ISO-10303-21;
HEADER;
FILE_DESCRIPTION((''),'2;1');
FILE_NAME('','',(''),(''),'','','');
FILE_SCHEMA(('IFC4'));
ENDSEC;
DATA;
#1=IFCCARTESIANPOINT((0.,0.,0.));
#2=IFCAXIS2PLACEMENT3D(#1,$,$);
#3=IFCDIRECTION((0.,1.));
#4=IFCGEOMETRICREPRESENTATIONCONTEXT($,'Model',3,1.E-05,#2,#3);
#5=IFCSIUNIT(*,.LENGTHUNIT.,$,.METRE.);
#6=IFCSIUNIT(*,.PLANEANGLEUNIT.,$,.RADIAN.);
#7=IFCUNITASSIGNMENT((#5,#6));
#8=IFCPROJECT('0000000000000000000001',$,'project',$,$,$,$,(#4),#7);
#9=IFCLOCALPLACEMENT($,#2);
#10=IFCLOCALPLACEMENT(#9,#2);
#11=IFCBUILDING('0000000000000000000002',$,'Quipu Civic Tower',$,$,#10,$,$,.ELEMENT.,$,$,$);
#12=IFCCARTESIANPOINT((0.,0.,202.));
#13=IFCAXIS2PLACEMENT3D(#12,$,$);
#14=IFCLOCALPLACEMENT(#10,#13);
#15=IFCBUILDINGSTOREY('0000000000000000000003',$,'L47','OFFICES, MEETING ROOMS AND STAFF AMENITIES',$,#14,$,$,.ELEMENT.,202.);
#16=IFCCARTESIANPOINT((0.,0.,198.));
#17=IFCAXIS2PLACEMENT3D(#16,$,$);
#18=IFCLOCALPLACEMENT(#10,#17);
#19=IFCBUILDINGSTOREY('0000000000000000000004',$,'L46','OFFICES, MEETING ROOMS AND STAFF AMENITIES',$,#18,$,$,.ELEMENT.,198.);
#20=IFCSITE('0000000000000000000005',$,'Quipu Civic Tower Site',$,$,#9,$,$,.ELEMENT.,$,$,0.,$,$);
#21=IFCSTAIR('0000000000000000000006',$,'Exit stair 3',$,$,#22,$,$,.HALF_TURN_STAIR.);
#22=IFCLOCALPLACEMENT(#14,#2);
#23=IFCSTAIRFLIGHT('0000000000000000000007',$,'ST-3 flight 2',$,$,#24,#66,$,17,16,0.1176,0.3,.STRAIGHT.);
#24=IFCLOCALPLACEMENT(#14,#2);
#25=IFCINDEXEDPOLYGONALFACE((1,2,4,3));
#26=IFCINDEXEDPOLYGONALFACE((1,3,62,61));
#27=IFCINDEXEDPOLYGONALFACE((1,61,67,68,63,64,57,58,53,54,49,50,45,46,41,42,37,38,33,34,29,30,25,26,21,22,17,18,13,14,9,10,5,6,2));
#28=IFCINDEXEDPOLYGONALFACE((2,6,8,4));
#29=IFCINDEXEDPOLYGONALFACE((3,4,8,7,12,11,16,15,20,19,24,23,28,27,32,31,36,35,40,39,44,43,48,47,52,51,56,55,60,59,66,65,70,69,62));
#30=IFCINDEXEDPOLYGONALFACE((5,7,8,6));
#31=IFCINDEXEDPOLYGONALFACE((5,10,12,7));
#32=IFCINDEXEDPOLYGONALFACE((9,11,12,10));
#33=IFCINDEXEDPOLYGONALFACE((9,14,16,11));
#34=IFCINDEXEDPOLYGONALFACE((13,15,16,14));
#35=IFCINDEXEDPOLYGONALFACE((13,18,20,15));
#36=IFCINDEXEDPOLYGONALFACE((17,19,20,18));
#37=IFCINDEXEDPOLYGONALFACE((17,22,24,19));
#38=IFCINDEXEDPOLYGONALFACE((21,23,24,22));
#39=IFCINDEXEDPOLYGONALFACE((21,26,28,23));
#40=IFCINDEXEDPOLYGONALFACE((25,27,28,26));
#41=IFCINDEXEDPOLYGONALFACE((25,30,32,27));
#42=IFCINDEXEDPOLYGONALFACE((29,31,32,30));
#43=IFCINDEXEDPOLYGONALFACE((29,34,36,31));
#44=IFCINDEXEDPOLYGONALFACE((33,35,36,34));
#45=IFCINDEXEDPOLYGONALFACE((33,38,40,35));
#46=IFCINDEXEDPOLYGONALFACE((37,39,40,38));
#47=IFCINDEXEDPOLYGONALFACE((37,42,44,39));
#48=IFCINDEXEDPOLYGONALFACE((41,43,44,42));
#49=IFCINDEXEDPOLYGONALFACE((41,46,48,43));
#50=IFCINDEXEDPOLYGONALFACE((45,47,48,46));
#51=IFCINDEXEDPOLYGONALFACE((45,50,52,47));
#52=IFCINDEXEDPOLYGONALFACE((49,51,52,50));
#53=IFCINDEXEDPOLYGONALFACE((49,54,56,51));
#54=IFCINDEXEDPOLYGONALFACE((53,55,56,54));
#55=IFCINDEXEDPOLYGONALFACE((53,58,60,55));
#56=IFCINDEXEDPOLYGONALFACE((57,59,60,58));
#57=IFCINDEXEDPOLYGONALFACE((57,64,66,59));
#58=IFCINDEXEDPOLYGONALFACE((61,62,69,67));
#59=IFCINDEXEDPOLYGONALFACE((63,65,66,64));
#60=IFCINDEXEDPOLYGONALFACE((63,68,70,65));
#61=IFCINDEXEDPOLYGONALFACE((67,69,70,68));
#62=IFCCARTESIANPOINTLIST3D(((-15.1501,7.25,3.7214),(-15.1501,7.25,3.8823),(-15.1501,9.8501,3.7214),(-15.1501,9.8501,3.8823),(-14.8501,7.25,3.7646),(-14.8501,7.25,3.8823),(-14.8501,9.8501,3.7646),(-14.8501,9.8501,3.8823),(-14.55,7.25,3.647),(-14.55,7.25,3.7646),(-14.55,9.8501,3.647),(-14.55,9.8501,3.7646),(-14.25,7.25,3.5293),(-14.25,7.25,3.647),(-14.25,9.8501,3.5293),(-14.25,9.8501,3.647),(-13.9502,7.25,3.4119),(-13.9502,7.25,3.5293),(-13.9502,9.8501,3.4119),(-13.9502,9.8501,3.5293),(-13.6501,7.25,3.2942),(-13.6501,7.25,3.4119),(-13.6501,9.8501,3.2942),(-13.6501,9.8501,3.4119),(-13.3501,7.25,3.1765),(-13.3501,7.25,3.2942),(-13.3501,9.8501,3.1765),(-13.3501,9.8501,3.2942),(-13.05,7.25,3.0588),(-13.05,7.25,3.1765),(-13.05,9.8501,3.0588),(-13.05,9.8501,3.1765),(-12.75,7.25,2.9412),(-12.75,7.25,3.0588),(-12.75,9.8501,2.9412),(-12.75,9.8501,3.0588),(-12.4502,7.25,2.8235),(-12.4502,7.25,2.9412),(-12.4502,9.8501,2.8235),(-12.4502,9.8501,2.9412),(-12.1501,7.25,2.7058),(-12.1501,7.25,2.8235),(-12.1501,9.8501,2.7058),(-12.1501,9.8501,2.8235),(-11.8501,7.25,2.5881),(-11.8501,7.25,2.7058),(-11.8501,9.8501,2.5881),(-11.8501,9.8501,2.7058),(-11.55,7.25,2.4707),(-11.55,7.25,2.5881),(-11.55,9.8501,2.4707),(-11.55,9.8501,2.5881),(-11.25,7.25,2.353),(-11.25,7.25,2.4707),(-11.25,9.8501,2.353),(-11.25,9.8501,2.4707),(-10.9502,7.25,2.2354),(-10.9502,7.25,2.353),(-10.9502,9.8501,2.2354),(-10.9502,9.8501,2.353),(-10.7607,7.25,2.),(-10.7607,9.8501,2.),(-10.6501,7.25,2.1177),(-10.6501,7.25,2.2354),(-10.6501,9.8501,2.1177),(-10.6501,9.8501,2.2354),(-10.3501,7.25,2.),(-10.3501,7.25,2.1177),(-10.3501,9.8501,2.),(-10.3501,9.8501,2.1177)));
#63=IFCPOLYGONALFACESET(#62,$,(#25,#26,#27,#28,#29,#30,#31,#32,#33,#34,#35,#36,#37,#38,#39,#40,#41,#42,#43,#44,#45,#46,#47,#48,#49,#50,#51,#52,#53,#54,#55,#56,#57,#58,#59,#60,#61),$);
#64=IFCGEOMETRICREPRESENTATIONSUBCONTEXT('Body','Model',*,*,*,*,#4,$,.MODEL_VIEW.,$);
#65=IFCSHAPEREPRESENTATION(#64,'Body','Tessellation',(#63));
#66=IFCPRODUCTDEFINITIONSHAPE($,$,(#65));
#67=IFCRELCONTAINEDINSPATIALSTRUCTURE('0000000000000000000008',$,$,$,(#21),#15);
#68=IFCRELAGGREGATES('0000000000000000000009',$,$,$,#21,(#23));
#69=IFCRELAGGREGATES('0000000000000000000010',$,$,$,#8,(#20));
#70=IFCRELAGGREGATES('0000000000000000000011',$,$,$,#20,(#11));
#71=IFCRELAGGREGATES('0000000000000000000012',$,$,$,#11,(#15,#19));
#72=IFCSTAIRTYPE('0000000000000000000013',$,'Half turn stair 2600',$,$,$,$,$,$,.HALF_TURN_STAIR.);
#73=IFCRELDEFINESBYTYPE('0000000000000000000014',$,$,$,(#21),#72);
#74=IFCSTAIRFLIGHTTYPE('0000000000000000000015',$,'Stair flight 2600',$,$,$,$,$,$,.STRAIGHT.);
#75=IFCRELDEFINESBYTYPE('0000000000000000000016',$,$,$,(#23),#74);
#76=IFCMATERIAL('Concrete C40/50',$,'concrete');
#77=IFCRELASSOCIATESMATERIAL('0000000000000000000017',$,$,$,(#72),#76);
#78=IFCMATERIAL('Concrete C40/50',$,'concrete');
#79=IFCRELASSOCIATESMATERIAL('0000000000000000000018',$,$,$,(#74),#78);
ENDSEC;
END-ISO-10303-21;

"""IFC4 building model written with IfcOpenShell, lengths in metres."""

from ifc_helpers import new_model, si_unit, direction, frame, origin, place, context, subcontext, project, spatial, polyline, outline, extrude, material, type_object, element, aggregate, save


model = new_model("IFC4")

# Units and contexts
model_context = context("Model", 3, precision=1e-05, world=origin(), true_north=direction((0.0, 1.0)))
body_context = subcontext(model_context, "Body", "Model", "MODEL_VIEW")
ifc_project = project(units=[si_unit("LENGTHUNIT", "METRE"), si_unit("PLANEANGLEUNIT", "RADIAN")], contexts=[model_context])

# Site, building, storey
site_placement = place(None, origin())
site = spatial("IfcSite", under=ifc_project, at=site_placement, Name="Quipu Civic Tower Site", CompositionType="ELEMENT", RefElevation=0.0)
building_placement = place(site_placement, origin())
building = spatial("IfcBuilding", under=site, at=building_placement, Name="Quipu Civic Tower", CompositionType="ELEMENT")
storey_1_placement = place(building_placement, frame((0.0, 0.0, 202.0)))
storey_1 = spatial("IfcBuildingStorey", under=building, at=storey_1_placement, Name="L47", Description="OFFICES, MEETING ROOMS AND STAFF AMENITIES", CompositionType="ELEMENT", Elevation=202.0)

# Shared definitions
storey_2_placement = place(building_placement, frame((0.0, 0.0, 198.0)))
storey_2 = spatial("IfcBuildingStorey", under=building, at=storey_2_placement, Name="L46", Description="OFFICES, MEETING ROOMS AND STAFF AMENITIES", CompositionType="ELEMENT", Elevation=198.0)

# Stair, stair flight
ifc_material_1 = material(Name="Concrete C40/50", Category="concrete")
stair_type = type_object("IfcStairType", Name="Half turn stair 2600", PredefinedType="HALF_TURN_STAIR", material=ifc_material_1)
stair_placement = place(storey_1_placement, origin())
stair = element("IfcStair", 1, at=stair_placement, inside=storey_1, type_object=stair_type, Name="Exit stair 3", PredefinedType="HALF_TURN_STAIR")
ifc_material_2 = material(Name="Concrete C40/50", Category="concrete")
stair_flight_type = type_object("IfcStairFlightType", Name="Stair flight 2600", PredefinedType="STRAIGHT", material=ifc_material_2)
stair_flight_placement = place(storey_1_placement, frame((-10.3501, 8.55, 2.0), z_axis=(0.0, 0.0, 1.0), x_axis=(-1.0, 0.0, 0.0)))
stair_flight = element("IfcStairFlight", 2, at=stair_flight_placement, type_object=stair_flight_type, Name="ST-3 flight 2", NumberOfRisers=17, NumberOfTreads=16, PredefinedType="STRAIGHT", RiserHeight=0.1176, TreadLength=0.3, context=body_context, shape_type="SweptSolid", body=[
    extrude(outline(polyline([(0.0, 0.0), (0.0, 0.1177), (0.3, 0.1177), (0.3, 0.2354), (0.6001, 0.2354), (0.6001, 0.353), (0.8999, 0.353), (0.8999, 0.4707), (1.2, 0.4707), (1.2, 0.5881), (1.5, 0.5881), (1.5, 0.7058), (1.8, 0.7058), (1.8, 0.8235), (2.1001, 0.8235), (2.1001, 0.9412), (2.3999, 0.9412), (2.3999, 1.0588), (2.7, 1.0588), (2.7, 1.1765), (3.0, 1.1765), (3.0, 1.2942), (3.3, 1.2942), (3.3, 1.4119), (3.6001, 1.4119), (3.6001, 1.5293), (3.8999, 1.5293), (3.8999, 1.647), (4.2, 1.647), (4.2, 1.7646), (4.5, 1.7646), (4.5, 1.8823), (4.8, 1.8823), (4.8, 2.0), (4.8, 1.7214), (0.4106, 0.0), (0.0, 0.0)])), frame((0.0, 1.3, 0.0), z_axis=(0.0, -1.0, 0.0), x_axis=(1.0, 0.0, 0.0)), (0.0, 0.0, 1.0), 2.6001),
])
aggregate(stair, [stair_flight])

save(model, "model.ifc")
